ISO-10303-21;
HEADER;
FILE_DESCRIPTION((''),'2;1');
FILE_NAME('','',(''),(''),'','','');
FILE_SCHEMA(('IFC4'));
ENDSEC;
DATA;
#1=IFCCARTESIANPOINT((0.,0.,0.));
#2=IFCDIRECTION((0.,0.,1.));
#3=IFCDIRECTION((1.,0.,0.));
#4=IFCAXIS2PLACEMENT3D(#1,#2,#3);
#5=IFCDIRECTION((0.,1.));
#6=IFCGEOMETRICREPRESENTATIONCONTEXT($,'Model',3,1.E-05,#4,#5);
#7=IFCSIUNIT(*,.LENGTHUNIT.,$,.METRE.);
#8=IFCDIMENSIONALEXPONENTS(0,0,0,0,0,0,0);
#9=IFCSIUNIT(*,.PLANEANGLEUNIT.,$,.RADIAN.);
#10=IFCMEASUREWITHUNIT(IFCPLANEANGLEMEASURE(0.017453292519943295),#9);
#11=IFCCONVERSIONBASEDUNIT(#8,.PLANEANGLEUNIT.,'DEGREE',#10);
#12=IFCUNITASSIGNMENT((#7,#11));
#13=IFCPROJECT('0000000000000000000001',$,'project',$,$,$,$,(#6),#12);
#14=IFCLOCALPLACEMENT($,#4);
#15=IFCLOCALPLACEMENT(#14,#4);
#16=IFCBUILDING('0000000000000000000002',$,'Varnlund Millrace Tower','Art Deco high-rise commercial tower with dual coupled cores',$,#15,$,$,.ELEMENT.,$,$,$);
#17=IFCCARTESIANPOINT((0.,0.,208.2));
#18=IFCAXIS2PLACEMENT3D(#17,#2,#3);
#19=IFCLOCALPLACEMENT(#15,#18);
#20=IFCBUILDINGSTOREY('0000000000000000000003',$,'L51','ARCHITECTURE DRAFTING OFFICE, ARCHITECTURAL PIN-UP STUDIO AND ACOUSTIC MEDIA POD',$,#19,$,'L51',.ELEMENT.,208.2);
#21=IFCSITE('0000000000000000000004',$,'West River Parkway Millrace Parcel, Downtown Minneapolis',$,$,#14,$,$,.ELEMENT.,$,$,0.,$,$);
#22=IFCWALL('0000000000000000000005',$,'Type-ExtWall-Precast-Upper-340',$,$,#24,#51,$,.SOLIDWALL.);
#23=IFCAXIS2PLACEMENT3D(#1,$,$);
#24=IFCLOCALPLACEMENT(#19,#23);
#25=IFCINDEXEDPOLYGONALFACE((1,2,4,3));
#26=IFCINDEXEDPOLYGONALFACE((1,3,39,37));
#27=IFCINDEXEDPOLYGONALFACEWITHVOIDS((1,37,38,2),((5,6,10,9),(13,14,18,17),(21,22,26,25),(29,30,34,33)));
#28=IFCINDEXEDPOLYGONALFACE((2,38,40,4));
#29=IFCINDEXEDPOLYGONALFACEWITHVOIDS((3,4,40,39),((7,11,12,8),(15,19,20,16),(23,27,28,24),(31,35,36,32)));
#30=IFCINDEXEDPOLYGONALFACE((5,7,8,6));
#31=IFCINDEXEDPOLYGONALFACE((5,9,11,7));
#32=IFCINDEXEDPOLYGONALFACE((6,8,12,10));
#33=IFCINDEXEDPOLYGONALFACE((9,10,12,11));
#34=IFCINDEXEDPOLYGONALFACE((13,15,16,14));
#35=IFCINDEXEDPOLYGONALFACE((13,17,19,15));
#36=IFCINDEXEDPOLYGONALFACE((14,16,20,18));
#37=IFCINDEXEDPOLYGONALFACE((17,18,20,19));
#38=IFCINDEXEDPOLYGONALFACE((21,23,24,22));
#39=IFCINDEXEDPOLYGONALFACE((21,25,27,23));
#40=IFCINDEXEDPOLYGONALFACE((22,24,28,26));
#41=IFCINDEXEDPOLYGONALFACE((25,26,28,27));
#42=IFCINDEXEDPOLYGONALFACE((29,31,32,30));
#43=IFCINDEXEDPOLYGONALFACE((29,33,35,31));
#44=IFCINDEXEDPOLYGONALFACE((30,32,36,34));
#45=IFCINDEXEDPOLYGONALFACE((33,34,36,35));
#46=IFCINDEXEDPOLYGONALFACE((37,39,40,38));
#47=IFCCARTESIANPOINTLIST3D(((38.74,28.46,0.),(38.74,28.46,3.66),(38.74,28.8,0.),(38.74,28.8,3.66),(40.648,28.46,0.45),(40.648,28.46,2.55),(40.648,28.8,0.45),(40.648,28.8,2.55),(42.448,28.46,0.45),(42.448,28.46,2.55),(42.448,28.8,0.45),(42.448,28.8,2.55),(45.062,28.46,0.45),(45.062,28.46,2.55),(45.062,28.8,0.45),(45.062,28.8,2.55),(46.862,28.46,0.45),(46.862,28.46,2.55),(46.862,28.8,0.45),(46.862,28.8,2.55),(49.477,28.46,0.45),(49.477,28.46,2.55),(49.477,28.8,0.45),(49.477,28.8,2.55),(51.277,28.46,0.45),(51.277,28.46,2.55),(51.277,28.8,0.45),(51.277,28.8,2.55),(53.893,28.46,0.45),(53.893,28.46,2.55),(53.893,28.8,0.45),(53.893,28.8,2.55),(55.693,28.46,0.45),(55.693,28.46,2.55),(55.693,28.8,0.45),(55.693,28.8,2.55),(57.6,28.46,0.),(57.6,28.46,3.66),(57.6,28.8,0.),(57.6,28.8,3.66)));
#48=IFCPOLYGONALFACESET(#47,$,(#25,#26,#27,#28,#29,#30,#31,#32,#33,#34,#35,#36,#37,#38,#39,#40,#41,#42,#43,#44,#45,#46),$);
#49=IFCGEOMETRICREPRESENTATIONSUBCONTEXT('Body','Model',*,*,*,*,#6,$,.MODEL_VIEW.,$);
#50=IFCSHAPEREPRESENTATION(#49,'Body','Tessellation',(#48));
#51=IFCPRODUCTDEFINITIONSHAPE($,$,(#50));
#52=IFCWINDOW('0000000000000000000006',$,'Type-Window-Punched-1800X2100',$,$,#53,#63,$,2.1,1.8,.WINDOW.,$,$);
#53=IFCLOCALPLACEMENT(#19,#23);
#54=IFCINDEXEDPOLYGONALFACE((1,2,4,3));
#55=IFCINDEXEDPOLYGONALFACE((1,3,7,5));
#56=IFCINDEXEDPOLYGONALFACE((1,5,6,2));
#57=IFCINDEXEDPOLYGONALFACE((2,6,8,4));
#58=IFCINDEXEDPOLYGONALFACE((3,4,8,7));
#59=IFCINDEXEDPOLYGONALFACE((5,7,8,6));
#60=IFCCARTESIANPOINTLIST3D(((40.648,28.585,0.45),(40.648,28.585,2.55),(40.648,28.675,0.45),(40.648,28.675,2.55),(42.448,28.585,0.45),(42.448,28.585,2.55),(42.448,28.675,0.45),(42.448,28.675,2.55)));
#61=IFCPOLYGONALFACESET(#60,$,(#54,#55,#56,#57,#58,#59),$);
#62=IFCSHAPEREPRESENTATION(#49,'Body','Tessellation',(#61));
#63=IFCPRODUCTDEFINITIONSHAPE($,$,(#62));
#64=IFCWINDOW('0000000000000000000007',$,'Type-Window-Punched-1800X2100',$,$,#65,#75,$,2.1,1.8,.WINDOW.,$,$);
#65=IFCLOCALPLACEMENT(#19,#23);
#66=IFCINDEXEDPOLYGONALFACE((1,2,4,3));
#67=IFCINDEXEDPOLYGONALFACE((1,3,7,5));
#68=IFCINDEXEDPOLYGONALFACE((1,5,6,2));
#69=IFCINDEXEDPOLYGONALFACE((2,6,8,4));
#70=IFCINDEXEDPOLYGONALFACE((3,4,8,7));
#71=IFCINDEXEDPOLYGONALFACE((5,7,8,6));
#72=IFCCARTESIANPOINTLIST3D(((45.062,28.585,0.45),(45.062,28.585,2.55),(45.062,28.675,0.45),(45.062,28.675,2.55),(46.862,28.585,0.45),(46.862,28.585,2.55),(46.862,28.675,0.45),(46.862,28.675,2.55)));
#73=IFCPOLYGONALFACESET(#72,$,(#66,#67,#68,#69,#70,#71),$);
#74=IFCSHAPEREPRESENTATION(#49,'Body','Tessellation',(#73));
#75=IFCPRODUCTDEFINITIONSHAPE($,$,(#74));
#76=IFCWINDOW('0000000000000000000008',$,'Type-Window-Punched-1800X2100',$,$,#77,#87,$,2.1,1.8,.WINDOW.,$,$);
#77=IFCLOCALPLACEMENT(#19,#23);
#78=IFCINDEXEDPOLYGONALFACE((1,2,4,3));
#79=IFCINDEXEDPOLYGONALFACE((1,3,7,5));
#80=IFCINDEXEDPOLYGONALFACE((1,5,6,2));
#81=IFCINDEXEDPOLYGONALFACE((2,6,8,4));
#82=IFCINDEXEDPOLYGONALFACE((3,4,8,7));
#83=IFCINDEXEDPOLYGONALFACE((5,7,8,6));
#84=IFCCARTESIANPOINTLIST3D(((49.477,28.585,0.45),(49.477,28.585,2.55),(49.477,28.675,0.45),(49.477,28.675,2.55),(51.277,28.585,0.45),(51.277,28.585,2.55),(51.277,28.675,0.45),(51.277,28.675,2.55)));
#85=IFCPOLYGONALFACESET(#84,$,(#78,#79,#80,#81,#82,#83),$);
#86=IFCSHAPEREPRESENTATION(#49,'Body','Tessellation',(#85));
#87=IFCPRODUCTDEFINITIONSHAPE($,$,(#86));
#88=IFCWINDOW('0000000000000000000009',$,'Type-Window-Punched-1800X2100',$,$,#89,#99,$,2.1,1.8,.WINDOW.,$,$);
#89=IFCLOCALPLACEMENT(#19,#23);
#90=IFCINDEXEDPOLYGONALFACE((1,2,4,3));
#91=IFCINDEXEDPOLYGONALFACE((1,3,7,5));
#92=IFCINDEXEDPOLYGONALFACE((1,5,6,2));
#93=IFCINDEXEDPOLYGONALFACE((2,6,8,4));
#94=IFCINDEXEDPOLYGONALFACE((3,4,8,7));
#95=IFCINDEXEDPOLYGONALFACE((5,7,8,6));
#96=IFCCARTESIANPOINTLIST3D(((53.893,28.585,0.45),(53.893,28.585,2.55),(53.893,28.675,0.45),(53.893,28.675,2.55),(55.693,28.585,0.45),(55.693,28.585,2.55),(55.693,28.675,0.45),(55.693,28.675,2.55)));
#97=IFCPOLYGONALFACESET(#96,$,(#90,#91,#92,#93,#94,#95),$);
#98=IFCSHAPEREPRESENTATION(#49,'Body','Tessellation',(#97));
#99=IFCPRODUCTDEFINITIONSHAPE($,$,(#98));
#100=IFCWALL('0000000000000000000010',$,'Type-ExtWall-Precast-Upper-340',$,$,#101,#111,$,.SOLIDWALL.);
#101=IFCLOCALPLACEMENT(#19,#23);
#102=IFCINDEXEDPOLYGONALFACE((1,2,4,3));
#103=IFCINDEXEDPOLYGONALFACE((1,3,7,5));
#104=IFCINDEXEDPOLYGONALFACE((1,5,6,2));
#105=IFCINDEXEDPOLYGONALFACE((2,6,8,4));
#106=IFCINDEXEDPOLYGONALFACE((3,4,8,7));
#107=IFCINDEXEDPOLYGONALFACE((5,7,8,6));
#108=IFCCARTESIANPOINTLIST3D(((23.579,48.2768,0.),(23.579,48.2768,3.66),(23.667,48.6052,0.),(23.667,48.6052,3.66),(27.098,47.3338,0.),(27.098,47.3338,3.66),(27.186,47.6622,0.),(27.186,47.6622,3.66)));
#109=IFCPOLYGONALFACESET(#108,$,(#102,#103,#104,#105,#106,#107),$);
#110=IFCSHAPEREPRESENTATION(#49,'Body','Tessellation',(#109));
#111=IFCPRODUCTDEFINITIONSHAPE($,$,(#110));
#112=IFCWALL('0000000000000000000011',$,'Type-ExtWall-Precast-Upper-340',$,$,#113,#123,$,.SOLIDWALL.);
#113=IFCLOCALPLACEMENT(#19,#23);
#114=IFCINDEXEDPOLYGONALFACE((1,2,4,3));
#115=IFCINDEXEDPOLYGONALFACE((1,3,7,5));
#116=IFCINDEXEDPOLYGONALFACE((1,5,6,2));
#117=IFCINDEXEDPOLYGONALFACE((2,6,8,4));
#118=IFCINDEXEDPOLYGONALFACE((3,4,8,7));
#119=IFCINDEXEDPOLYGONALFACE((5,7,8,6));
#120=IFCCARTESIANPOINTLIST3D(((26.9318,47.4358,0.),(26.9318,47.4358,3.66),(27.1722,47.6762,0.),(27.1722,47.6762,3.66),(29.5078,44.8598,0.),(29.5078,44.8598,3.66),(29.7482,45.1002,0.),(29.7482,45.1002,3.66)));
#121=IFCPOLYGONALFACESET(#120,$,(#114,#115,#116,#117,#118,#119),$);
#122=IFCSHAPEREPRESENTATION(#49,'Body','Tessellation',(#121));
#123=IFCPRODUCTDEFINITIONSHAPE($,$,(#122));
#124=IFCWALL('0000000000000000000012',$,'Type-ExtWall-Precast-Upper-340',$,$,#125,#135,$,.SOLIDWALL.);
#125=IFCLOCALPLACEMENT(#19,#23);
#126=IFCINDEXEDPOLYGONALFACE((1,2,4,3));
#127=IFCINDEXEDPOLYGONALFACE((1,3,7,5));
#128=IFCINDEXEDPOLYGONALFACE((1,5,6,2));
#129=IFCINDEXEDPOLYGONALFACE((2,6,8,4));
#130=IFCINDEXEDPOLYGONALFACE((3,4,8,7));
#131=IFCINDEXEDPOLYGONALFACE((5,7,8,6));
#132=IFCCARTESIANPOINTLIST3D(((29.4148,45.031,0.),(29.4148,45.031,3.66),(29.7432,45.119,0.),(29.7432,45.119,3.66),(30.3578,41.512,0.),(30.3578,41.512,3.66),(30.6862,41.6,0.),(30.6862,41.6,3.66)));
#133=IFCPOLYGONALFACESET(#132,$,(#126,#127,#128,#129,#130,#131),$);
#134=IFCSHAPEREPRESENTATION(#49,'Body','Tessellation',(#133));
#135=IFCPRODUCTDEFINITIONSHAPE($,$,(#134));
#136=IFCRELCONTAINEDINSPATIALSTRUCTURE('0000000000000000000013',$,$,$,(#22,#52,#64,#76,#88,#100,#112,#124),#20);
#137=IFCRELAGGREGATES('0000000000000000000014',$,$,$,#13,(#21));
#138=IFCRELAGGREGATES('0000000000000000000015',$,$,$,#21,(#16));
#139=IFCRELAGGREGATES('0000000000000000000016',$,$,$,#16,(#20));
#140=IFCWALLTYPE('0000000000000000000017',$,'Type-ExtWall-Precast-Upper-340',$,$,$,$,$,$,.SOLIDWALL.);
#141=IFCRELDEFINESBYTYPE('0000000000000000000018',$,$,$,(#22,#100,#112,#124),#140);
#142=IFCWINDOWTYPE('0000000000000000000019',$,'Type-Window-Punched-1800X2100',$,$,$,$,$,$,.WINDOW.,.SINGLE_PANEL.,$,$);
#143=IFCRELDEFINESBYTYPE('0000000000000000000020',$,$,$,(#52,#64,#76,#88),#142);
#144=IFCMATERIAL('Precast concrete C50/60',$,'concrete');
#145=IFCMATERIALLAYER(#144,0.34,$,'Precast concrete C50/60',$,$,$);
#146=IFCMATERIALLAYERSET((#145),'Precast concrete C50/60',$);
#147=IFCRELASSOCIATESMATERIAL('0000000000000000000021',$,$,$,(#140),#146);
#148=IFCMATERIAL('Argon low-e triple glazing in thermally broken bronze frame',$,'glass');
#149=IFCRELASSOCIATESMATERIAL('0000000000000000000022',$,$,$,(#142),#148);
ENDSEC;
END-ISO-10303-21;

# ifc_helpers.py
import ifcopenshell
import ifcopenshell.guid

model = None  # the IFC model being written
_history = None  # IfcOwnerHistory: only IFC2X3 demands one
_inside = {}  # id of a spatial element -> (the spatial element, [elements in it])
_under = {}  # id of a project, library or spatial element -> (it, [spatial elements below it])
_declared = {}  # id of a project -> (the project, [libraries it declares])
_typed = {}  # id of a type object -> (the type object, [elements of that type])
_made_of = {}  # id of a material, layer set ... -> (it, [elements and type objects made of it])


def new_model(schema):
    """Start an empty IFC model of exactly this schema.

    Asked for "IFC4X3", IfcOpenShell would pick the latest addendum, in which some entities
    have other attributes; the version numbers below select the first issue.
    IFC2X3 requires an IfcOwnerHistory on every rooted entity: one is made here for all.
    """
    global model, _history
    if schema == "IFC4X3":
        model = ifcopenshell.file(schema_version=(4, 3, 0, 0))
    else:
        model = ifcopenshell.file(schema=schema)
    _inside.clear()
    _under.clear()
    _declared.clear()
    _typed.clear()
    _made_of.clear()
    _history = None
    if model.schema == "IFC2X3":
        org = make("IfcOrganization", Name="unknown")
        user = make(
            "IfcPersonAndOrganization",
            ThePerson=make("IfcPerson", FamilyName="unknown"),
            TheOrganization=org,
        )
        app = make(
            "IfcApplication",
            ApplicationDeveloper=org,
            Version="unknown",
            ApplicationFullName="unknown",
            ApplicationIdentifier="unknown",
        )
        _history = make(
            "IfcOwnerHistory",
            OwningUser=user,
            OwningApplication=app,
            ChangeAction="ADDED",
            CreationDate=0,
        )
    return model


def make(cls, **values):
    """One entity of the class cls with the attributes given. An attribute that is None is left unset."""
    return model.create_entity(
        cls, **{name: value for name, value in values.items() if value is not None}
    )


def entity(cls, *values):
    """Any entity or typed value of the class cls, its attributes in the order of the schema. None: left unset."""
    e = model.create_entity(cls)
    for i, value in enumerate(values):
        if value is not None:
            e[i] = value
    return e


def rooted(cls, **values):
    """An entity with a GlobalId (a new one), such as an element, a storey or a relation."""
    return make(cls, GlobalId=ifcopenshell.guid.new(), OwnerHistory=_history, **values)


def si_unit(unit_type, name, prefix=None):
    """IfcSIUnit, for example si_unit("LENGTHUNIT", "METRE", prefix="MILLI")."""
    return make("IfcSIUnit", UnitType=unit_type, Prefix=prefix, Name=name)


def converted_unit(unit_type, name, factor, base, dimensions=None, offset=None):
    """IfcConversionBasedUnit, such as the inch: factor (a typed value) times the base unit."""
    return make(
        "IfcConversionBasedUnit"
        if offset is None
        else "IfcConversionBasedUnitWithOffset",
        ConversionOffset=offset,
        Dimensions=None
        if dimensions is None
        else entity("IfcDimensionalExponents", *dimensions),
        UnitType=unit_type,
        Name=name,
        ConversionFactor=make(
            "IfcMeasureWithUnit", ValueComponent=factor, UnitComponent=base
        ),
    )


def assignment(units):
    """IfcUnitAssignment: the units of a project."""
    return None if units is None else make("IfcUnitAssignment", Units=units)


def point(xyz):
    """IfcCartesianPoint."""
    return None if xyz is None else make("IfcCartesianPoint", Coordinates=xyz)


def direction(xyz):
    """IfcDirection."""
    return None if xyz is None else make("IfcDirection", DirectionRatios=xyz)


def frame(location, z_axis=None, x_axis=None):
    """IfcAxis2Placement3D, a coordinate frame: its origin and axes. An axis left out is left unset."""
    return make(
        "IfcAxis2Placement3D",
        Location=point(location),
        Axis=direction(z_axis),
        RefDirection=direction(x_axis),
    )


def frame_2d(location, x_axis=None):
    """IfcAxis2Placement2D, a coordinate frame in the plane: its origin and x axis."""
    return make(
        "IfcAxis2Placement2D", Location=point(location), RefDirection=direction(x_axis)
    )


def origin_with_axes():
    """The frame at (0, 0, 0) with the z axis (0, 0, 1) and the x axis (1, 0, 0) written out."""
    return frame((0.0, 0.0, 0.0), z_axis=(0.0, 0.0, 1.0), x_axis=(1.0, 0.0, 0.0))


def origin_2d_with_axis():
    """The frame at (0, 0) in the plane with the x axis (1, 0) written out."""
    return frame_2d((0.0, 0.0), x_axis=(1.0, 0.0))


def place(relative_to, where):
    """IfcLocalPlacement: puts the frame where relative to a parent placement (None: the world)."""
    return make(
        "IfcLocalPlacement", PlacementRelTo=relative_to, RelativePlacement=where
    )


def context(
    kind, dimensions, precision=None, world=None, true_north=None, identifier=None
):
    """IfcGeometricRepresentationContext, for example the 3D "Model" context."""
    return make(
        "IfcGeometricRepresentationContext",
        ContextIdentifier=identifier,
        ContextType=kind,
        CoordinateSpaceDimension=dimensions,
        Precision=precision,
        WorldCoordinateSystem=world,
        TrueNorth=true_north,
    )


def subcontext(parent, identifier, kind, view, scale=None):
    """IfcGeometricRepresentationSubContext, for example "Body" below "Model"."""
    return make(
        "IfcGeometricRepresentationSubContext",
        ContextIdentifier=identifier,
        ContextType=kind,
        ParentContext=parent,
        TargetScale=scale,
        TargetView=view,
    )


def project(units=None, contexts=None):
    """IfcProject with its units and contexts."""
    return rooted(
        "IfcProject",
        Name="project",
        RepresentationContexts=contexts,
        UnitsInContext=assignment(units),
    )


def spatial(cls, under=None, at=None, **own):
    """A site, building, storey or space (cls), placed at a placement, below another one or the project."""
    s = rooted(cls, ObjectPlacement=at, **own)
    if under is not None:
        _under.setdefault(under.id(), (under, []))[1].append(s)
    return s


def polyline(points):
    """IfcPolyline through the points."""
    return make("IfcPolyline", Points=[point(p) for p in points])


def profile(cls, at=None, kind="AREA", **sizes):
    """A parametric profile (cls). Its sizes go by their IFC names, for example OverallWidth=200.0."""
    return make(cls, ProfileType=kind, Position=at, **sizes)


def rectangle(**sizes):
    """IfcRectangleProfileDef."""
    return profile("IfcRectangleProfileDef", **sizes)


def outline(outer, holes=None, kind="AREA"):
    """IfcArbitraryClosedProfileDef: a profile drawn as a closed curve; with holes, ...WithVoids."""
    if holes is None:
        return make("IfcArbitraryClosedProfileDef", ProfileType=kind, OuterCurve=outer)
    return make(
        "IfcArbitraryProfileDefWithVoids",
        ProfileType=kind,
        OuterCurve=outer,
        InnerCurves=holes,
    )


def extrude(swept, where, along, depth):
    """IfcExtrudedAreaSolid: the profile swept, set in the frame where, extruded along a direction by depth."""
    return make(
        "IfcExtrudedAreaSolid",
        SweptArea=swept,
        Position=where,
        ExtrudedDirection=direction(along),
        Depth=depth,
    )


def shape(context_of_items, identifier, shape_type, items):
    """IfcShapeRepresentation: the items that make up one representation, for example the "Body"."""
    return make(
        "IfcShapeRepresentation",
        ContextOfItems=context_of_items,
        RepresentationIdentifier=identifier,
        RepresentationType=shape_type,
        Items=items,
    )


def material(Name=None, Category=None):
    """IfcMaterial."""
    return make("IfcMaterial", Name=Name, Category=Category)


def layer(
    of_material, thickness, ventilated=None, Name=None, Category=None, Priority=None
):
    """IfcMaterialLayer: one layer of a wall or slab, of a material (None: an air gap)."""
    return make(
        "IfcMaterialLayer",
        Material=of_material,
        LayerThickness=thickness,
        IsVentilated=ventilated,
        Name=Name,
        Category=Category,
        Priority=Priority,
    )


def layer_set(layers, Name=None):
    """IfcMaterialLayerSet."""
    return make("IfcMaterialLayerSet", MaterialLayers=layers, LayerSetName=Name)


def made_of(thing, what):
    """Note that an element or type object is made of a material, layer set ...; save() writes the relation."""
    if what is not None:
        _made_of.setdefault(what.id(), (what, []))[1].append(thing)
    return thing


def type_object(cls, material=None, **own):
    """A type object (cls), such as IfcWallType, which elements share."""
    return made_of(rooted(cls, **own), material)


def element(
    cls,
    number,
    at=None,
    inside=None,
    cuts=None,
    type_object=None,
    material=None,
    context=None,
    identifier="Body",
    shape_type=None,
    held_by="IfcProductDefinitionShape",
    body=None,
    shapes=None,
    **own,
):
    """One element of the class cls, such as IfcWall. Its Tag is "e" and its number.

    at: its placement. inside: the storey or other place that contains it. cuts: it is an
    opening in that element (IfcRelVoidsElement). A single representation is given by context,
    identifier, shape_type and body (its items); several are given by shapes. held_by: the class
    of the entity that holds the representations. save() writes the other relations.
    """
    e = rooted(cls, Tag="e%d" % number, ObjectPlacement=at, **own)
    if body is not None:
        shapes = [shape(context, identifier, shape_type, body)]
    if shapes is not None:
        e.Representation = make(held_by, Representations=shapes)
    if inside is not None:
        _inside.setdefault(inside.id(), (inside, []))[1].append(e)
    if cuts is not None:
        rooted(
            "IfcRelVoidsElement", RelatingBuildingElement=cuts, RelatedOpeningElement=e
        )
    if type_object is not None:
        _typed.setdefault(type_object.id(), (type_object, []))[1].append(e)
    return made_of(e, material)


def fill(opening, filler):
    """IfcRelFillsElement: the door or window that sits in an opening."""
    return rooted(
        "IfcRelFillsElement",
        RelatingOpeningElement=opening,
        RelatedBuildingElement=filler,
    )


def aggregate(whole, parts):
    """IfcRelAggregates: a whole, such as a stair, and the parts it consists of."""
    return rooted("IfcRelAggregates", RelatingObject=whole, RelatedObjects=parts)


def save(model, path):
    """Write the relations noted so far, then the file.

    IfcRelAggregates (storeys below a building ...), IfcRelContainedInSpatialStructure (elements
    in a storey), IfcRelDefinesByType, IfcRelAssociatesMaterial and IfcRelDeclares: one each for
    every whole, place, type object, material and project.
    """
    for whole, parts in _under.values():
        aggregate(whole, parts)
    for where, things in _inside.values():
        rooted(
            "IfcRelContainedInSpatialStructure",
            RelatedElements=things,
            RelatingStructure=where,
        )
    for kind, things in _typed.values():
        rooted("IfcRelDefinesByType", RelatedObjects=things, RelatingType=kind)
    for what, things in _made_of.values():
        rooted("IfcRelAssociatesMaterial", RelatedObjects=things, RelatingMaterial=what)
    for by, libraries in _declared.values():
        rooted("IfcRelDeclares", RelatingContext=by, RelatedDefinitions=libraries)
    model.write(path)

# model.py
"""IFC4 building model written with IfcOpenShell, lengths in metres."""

from ifc_helpers import new_model, entity, si_unit, converted_unit, direction, frame, origin_with_axes, origin_2d_with_axis, place, context, subcontext, project, spatial, polyline, rectangle, outline, extrude, material, layer, layer_set, type_object, element, fill, save


model = new_model("IFC4")

# Units and contexts
model_context = context("Model", 3, precision=1e-05, world=origin_with_axes(), true_north=direction((0.0, 1.0)))
body_context = subcontext(model_context, "Body", "Model", "MODEL_VIEW")
ifc_project = project(units=[si_unit("LENGTHUNIT", "METRE"), converted_unit("PLANEANGLEUNIT", "DEGREE", entity("IfcPlaneAngleMeasure", 0.017453292519943295), si_unit("PLANEANGLEUNIT", "RADIAN"), dimensions=[0, 0, 0, 0, 0, 0, 0])], contexts=[model_context])

# Site, building, storey
site_placement = place(None, origin_with_axes())
site = spatial("IfcSite", under=ifc_project, at=site_placement, Name="West River Parkway Millrace Parcel, Downtown Minneapolis", CompositionType="ELEMENT", RefElevation=0.0)
building_placement = place(site_placement, origin_with_axes())
building = spatial("IfcBuilding", under=site, at=building_placement, Name="Varnlund Millrace Tower", Description="Art Deco high-rise commercial tower with dual coupled cores", CompositionType="ELEMENT")
storey_placement = place(building_placement, frame((0.0, 0.0, 208.2), z_axis=(0.0, 0.0, 1.0), x_axis=(1.0, 0.0, 0.0)))
storey = spatial("IfcBuildingStorey", under=building, at=storey_placement, Name="L51", Description="ARCHITECTURE DRAFTING OFFICE, ARCHITECTURAL PIN-UP STUDIO AND ACOUSTIC MEDIA POD", LongName="L51", CompositionType="ELEMENT", Elevation=208.2)

# Shared definitions
ifc_material_1 = material(Name="Precast concrete C50/60", Category="concrete")
ifc_layer_1 = layer(ifc_material_1, 0.34, Name="Precast concrete C50/60")
ifc_layer_set_1 = layer_set([ifc_layer_1], Name="Precast concrete C50/60")
wall_type_1 = type_object("IfcWallType", Name="Type-ExtWall-Precast-Upper-340", PredefinedType="SOLIDWALL", material=ifc_layer_set_1)

# Wall, openings, windows
wall_1_placement = place(storey_placement, frame((38.74, 28.63, 0.0), z_axis=(0.0, 0.0, 1.0), x_axis=(1.0, 0.0, 0.0)))
wall_1 = element("IfcWall", 1, at=wall_1_placement, inside=storey, type_object=wall_type_1, Name="Type-ExtWall-Precast-Upper-340", PredefinedType="SOLIDWALL", context=body_context, shape_type="SweptSolid", body=[
    extrude(outline(polyline([(0.0, -0.17), (18.86, -0.17), (18.86, 0.17), (0.0, 0.17), (0.0, -0.17)])), origin_with_axes(), (0.0, 0.0, 1.0), 3.66),
])
opening_1_placement = place(wall_1_placement, frame((2.808, 0.0, 0.45), z_axis=(0.0, 0.0, 1.0), x_axis=(1.0, 0.0, 0.0)))
opening_1 = element("IfcOpeningElement", 2, at=opening_1_placement, cuts=wall_1, PredefinedType="OPENING", context=body_context, shape_type="SweptSolid", body=[
    extrude(rectangle(XDim=1.8, YDim=0.36, at=origin_2d_with_axis()), origin_with_axes(), (0.0, 0.0, 1.0), 2.1),
])
opening_2_placement = place(wall_1_placement, frame((7.222, 0.0, 0.45), z_axis=(0.0, 0.0, 1.0), x_axis=(1.0, 0.0, 0.0)))
opening_2 = element("IfcOpeningElement", 3, at=opening_2_placement, cuts=wall_1, PredefinedType="OPENING", context=body_context, shape_type="SweptSolid", body=[
    extrude(rectangle(XDim=1.8, YDim=0.36, at=origin_2d_with_axis()), origin_with_axes(), (0.0, 0.0, 1.0), 2.1),
])
opening_3_placement = place(wall_1_placement, frame((11.637, 0.0, 0.45), z_axis=(0.0, 0.0, 1.0), x_axis=(1.0, 0.0, 0.0)))
opening_3 = element("IfcOpeningElement", 4, at=opening_3_placement, cuts=wall_1, PredefinedType="OPENING", context=body_context, shape_type="SweptSolid", body=[
    extrude(rectangle(XDim=1.8, YDim=0.36, at=origin_2d_with_axis()), origin_with_axes(), (0.0, 0.0, 1.0), 2.1),
])
opening_4_placement = place(wall_1_placement, frame((16.053, 0.0, 0.45), z_axis=(0.0, 0.0, 1.0), x_axis=(1.0, 0.0, 0.0)))
opening_4 = element("IfcOpeningElement", 5, at=opening_4_placement, cuts=wall_1, PredefinedType="OPENING", context=body_context, shape_type="SweptSolid", body=[
    extrude(rectangle(XDim=1.8, YDim=0.36, at=origin_2d_with_axis()), origin_with_axes(), (0.0, 0.0, 1.0), 2.1),
])
ifc_material_2 = material(Name="Argon low-e triple glazing in thermally broken bronze frame", Category="glass")
window_type_1 = type_object("IfcWindowType", Name="Type-Window-Punched-1800X2100", PartitioningType="SINGLE_PANEL", PredefinedType="WINDOW", material=ifc_material_2)
window_1_placement = place(wall_1_placement, frame((2.808, 0.0, 0.45), z_axis=(0.0, 0.0, 1.0), x_axis=(1.0, 0.0, 0.0)))
window_1 = element("IfcWindow", 6, at=window_1_placement, inside=storey, type_object=window_type_1, Name="Type-Window-Punched-1800X2100", OverallHeight=2.1, OverallWidth=1.8, PredefinedType="WINDOW", context=body_context, shape_type="SweptSolid", body=[
    extrude(rectangle(XDim=1.8, YDim=0.09, at=origin_2d_with_axis()), origin_with_axes(), (0.0, 0.0, 1.0), 2.1),
])
fill(opening_1, window_1)
window_2_placement = place(wall_1_placement, frame((7.222, 0.0, 0.45), z_axis=(0.0, 0.0, 1.0), x_axis=(1.0, 0.0, 0.0)))
window_2 = element("IfcWindow", 7, at=window_2_placement, inside=storey, type_object=window_type_1, Name="Type-Window-Punched-1800X2100", OverallHeight=2.1, OverallWidth=1.8, PredefinedType="WINDOW", context=body_context, shape_type="SweptSolid", body=[
    extrude(rectangle(XDim=1.8, YDim=0.09, at=origin_2d_with_axis()), origin_with_axes(), (0.0, 0.0, 1.0), 2.1),
])
fill(opening_2, window_2)
window_3_placement = place(wall_1_placement, frame((11.637, 0.0, 0.45), z_axis=(0.0, 0.0, 1.0), x_axis=(1.0, 0.0, 0.0)))
window_3 = element("IfcWindow", 8, at=window_3_placement, inside=storey, type_object=window_type_1, Name="Type-Window-Punched-1800X2100", OverallHeight=2.1, OverallWidth=1.8, PredefinedType="WINDOW", context=body_context, shape_type="SweptSolid", body=[
    extrude(rectangle(XDim=1.8, YDim=0.09, at=origin_2d_with_axis()), origin_with_axes(), (0.0, 0.0, 1.0), 2.1),
])
fill(opening_3, window_3)
window_4_placement = place(wall_1_placement, frame((16.053, 0.0, 0.45), z_axis=(0.0, 0.0, 1.0), x_axis=(1.0, 0.0, 0.0)))
window_4 = element("IfcWindow", 9, at=window_4_placement, inside=storey, type_object=window_type_1, Name="Type-Window-Punched-1800X2100", OverallHeight=2.1, OverallWidth=1.8, PredefinedType="WINDOW", context=body_context, shape_type="SweptSolid", body=[
    extrude(rectangle(XDim=1.8, YDim=0.09, at=origin_2d_with_axis()), origin_with_axes(), (0.0, 0.0, 1.0), 2.1),
])
fill(opening_4, window_4)

# Walls
wall_2_placement = place(storey_placement, frame((23.623, 48.441, 0.0), z_axis=(0.0, 0.0, 1.0), x_axis=(0.96592, -0.258841, 0.0)))
element("IfcWall", 10, at=wall_2_placement, inside=storey, type_object=wall_type_1, Name="Type-ExtWall-Precast-Upper-340", PredefinedType="SOLIDWALL", context=body_context, shape_type="SweptSolid", body=[
    extrude(outline(polyline([(0.0, -0.17), (3.6432, -0.17), (3.6432, 0.17), (0.0, 0.17), (0.0, -0.17)])), origin_with_axes(), (0.0, 0.0, 1.0), 3.66),
])
wall_3_placement = place(storey_placement, frame((27.052, 47.556, 0.0), z_axis=(0.0, 0.0, 1.0), x_axis=(0.707107, -0.707107, 0.0)))
element("IfcWall", 11, at=wall_3_placement, inside=storey, type_object=wall_type_1, Name="Type-ExtWall-Precast-Upper-340", PredefinedType="SOLIDWALL", context=body_context, shape_type="SweptSolid", body=[
    extrude(outline(polyline([(0.0, -0.17), (3.643, -0.17), (3.643, 0.17), (0.0, 0.17), (0.0, -0.17)])), origin_with_axes(), (0.0, 0.0, 1.0), 3.66),
])
wall_4_placement = place(storey_placement, frame((29.579, 45.075, 0.0), z_axis=(0.0, 0.0, 1.0), x_axis=(0.258841, -0.96592, 0.0)))
element("IfcWall", 12, at=wall_4_placement, inside=storey, type_object=wall_type_1, Name="Type-ExtWall-Precast-Upper-340", PredefinedType="SOLIDWALL", context=body_context, shape_type="SweptSolid", body=[
    extrude(outline(polyline([(0.0, -0.17), (3.6432, -0.17), (3.6432, 0.17), (0.0, 0.17), (0.0, -0.17)])), origin_with_axes(), (0.0, 0.0, 1.0), 3.66),
])

save(model, "model.ifc")
